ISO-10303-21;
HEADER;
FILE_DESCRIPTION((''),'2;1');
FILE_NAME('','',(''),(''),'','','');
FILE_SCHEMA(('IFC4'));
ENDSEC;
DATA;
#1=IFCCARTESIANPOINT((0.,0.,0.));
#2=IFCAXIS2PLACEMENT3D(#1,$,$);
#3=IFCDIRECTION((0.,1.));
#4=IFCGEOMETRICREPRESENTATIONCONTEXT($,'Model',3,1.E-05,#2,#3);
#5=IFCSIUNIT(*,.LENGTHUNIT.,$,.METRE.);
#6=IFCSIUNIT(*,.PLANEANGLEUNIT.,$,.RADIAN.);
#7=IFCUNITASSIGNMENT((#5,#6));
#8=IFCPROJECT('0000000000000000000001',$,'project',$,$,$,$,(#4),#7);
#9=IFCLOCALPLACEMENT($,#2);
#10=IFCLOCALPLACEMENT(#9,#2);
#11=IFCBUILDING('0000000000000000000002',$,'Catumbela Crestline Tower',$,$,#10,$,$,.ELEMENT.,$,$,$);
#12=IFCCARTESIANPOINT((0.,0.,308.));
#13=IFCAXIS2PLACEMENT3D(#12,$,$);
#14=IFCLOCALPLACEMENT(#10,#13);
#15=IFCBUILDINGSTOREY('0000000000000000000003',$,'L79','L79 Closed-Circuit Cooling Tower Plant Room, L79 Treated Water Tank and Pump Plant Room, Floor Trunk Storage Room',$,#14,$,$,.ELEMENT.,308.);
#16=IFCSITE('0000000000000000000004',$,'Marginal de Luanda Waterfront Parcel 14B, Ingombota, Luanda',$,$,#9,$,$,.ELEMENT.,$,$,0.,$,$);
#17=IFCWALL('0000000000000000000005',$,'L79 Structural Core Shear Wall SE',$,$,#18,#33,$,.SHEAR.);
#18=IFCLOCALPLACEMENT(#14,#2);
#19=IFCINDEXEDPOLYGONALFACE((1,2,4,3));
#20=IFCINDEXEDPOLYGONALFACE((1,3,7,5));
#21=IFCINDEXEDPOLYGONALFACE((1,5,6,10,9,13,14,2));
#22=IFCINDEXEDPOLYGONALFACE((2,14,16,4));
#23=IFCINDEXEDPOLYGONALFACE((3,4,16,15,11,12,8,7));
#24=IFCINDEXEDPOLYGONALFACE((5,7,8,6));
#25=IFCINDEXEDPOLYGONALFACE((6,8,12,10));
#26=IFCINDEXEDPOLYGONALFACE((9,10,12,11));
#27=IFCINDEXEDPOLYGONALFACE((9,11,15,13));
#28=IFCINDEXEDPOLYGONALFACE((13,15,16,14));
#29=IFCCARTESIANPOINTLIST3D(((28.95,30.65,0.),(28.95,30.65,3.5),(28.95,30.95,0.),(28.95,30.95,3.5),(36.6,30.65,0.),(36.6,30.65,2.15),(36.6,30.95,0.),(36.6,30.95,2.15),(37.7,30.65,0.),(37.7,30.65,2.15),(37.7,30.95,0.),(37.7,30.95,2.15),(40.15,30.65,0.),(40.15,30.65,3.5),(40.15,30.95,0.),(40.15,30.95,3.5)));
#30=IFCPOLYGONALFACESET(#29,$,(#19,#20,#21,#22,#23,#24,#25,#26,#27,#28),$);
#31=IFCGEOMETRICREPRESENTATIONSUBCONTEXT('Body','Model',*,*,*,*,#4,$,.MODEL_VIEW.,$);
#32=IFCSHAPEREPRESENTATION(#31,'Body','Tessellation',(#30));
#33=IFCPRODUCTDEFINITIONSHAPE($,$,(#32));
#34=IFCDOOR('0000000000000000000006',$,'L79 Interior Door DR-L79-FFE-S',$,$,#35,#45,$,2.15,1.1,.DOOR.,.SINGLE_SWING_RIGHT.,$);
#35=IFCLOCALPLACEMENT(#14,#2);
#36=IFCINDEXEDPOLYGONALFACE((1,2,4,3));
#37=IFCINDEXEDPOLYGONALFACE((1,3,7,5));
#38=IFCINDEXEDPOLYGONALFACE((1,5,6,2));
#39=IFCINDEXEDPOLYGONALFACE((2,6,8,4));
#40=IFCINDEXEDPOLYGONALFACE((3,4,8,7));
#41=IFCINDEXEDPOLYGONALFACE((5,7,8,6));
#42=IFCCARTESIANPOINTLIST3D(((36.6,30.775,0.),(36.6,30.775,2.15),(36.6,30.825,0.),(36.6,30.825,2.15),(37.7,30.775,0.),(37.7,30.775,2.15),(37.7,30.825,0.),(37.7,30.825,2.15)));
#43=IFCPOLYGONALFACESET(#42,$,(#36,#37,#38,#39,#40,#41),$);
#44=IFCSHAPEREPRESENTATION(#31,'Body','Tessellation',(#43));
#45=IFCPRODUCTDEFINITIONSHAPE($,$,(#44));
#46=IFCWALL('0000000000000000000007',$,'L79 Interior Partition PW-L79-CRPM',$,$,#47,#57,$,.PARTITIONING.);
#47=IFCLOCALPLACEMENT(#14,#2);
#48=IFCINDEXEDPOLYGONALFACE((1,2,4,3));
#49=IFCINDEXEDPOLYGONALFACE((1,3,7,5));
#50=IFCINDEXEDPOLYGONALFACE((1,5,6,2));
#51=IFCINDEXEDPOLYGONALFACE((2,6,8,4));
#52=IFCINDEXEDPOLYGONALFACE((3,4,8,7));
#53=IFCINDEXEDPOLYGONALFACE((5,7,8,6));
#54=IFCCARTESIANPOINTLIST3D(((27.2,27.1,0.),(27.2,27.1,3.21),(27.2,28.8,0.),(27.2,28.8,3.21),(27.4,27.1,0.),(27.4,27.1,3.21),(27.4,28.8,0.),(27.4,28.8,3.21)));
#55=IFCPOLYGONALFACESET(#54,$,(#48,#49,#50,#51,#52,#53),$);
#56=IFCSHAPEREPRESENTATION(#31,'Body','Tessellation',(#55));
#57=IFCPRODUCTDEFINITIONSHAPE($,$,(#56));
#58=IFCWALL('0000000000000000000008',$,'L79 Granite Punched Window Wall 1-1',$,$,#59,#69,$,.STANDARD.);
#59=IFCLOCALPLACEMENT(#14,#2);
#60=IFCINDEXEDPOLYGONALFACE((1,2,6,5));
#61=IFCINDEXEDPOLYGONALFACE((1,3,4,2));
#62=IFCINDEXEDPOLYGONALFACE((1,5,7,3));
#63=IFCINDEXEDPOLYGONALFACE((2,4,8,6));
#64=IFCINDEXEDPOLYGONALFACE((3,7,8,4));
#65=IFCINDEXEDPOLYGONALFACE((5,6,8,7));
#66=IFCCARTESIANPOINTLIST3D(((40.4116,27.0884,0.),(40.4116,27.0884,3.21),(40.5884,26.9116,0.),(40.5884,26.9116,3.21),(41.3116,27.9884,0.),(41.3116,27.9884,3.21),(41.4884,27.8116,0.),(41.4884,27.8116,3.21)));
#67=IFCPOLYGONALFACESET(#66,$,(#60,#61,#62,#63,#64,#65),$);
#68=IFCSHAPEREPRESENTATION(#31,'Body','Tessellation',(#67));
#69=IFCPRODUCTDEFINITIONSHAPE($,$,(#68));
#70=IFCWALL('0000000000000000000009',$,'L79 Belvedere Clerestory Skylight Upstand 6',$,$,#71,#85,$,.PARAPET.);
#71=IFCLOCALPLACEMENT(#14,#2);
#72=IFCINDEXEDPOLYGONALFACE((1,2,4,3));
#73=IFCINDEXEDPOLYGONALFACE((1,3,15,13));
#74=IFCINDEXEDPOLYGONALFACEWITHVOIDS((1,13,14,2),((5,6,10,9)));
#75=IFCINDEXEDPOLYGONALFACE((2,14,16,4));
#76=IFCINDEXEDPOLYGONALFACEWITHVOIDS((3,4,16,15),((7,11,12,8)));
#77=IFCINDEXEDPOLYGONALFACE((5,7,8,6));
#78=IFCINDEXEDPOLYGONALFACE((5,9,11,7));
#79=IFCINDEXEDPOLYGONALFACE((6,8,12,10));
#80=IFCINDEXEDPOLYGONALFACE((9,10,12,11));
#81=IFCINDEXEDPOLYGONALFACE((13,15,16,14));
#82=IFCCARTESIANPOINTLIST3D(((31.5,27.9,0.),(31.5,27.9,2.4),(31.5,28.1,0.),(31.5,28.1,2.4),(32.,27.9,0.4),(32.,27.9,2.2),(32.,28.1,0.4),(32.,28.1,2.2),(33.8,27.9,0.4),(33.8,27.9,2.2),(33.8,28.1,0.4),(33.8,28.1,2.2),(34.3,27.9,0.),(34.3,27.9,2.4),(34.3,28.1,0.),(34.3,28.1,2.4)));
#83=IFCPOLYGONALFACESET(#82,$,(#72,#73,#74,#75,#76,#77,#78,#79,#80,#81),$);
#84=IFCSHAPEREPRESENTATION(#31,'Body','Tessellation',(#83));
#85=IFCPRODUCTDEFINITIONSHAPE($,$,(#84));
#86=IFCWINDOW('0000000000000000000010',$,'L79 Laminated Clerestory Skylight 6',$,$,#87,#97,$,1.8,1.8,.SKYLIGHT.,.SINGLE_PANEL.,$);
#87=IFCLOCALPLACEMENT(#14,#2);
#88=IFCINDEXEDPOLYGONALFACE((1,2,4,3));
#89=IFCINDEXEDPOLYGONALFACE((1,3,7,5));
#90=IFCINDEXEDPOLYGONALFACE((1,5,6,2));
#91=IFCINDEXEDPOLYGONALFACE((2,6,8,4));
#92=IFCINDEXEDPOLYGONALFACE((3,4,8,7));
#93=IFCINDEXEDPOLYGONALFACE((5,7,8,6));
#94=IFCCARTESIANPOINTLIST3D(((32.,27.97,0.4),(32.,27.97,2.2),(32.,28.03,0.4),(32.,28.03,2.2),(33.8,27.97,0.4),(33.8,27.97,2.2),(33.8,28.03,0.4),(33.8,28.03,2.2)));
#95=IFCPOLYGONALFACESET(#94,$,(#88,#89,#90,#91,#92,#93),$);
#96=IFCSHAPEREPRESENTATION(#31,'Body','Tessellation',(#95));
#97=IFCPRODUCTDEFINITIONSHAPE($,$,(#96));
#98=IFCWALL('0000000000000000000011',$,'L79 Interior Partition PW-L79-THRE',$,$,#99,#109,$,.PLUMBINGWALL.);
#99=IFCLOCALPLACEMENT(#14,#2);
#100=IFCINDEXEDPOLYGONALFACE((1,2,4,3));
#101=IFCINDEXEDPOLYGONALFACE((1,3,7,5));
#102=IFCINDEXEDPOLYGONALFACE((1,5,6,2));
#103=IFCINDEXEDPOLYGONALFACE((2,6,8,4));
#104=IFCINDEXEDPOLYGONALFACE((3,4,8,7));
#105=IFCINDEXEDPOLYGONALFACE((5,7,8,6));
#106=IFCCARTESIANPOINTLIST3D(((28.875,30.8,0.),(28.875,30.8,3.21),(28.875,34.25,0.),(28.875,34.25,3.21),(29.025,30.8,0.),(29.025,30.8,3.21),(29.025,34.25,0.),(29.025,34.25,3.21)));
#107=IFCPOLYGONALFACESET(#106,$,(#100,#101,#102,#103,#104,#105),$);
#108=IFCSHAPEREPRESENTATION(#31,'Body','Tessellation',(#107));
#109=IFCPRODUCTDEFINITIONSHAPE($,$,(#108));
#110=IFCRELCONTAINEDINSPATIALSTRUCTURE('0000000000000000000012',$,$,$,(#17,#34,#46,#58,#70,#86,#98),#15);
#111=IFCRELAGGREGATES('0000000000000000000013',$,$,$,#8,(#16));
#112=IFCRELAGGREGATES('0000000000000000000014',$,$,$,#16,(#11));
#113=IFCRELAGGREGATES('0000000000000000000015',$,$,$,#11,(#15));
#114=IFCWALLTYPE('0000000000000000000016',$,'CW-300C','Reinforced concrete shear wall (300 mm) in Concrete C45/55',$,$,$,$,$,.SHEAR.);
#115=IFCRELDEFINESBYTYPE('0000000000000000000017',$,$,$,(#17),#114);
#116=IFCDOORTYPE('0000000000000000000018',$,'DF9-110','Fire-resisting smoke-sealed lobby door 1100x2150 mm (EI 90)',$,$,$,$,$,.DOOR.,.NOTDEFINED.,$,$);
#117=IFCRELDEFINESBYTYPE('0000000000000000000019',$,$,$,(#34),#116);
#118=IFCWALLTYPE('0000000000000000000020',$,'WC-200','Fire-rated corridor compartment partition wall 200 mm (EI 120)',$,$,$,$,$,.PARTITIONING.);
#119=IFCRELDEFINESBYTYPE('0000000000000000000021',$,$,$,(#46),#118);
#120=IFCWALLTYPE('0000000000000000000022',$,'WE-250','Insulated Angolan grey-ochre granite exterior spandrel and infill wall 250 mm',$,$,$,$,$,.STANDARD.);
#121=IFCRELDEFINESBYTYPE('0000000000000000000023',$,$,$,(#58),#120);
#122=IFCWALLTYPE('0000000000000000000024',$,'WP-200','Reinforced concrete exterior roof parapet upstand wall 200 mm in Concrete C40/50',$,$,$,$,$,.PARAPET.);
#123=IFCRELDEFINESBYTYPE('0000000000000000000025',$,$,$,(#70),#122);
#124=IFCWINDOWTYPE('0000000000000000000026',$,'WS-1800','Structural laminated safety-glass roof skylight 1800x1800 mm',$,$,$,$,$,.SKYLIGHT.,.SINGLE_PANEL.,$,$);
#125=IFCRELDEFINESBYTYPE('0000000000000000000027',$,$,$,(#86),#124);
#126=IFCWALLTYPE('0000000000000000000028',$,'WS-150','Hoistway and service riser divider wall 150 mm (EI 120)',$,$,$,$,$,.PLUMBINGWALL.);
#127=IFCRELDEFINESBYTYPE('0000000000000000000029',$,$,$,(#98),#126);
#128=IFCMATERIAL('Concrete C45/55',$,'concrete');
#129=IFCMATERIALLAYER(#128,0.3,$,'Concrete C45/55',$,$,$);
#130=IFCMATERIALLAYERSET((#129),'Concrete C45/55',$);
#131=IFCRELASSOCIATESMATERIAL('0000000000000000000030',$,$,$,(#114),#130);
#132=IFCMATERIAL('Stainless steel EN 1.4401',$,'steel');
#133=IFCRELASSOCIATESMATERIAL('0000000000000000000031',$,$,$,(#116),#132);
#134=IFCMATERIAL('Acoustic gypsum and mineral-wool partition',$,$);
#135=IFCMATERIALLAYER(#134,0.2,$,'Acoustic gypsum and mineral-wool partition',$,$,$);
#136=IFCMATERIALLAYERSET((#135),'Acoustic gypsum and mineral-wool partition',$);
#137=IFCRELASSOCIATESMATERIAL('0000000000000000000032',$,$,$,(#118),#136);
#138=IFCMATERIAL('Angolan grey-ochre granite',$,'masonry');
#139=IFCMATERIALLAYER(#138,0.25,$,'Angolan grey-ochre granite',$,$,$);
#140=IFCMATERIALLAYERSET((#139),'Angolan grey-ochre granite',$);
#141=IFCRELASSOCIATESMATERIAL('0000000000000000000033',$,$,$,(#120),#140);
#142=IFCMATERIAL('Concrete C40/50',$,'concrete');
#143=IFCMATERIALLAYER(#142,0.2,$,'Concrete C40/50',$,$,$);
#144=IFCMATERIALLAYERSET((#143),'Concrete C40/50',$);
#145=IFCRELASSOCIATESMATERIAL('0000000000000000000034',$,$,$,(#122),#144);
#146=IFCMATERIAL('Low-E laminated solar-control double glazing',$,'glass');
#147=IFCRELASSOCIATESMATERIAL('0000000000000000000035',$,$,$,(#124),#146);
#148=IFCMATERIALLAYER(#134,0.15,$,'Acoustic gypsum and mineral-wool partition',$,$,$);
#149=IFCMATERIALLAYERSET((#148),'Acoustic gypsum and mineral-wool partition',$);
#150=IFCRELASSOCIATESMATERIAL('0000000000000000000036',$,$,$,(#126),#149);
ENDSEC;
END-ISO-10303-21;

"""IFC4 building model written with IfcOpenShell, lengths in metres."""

from ifc_helpers import new_model, si_unit, direction, frame, frame_2d, origin, place, context, subcontext, project, spatial, rectangle, extrude, material, layer, layer_set, type_object, element, fill, save


model = new_model("IFC4")

# Units and contexts
model_context = context("Model", 3, precision=1e-05, world=origin(), true_north=direction((0.0, 1.0)))
body_context = subcontext(model_context, "Body", "Model", "MODEL_VIEW")
ifc_project = project(units=[si_unit("LENGTHUNIT", "METRE"), si_unit("PLANEANGLEUNIT", "RADIAN")], contexts=[model_context])

# Site, building, storey
site_placement = place(None, origin())
site = spatial("IfcSite", under=ifc_project, at=site_placement, Name="Marginal de Luanda Waterfront Parcel 14B, Ingombota, Luanda", CompositionType="ELEMENT", RefElevation=0.0)
building_placement = place(site_placement, origin())
building = spatial("IfcBuilding", under=site, at=building_placement, Name="Catumbela Crestline Tower", CompositionType="ELEMENT")
storey_placement = place(building_placement, frame((0.0, 0.0, 308.0)))
storey = spatial("IfcBuildingStorey", under=building, at=storey_placement, Name="L79", Description="L79 Closed-Circuit Cooling Tower Plant Room, L79 Treated Water Tank and Pump Plant Room, Floor Trunk Storage Room", CompositionType="ELEMENT", Elevation=308.0)

# Shared definitions
ifc_material_1 = material(Name="Low-E laminated solar-control double glazing", Category="glass")

# Shared definitions
ifc_material_2 = material(Name="Concrete C45/55", Category="concrete")
ifc_layer_1 = layer(ifc_material_2, 0.3, Name="Concrete C45/55")
ifc_layer_set_1 = layer_set([ifc_layer_1], Name="Concrete C45/55")
wall_type_1 = type_object("IfcWallType", Name="CW-300C", Description="Reinforced concrete shear wall (300 mm) in Concrete C45/55", PredefinedType="SHEAR", material=ifc_layer_set_1)

# Wall, opening, door
wall_1_placement = place(storey_placement, frame((28.95, 30.8, 0.0), z_axis=(0.0, 0.0, 1.0), x_axis=(1.0, 0.0, 0.0)))
wall_1 = element("IfcWall", 1, at=wall_1_placement, inside=storey, type_object=wall_type_1, Name="L79 Structural Core Shear Wall SE", PredefinedType="SHEAR", context=body_context, shape_type="SweptSolid", body=[
    extrude(rectangle(XDim=11.2, YDim=0.3, at=frame_2d((5.6, 0.0))), origin(), (0.0, 0.0, 1.0), 3.5),
])
opening_1_placement = place(wall_1_placement, frame((7.65, 0.0, 0.0)))
opening_1 = element("IfcOpeningElement", 2, at=opening_1_placement, cuts=wall_1, PredefinedType="OPENING", context=body_context, shape_type="SweptSolid", body=[
    extrude(rectangle(XDim=1.1, YDim=2.15, at=frame_2d((0.55, 1.075))), frame((0.0, 0.16, 0.0), z_axis=(0.0, -1.0, 0.0), x_axis=(1.0, 0.0, 0.0)), (0.0, 0.0, 1.0), 0.32),
])
ifc_material_3 = material(Name="Stainless steel EN 1.4401", Category="steel")
door_type = type_object("IfcDoorType", Name="DF9-110", Description="Fire-resisting smoke-sealed lobby door 1100x2150 mm (EI 90)", OperationType="NOTDEFINED", PredefinedType="DOOR", material=ifc_material_3)
door_placement = place(opening_1_placement, origin())
door = element("IfcDoor", 3, at=door_placement, inside=storey, type_object=door_type, Name="L79 Interior Door DR-L79-FFE-S", OperationType="SINGLE_SWING_RIGHT", OverallHeight=2.15, OverallWidth=1.1, PredefinedType="DOOR", context=body_context, shape_type="SweptSolid", body=[
    extrude(rectangle(XDim=1.1, YDim=2.15, at=frame_2d((0.55, 1.075))), frame((0.0, 0.025, 0.0), z_axis=(0.0, -1.0, 0.0), x_axis=(1.0, 0.0, 0.0)), (0.0, 0.0, 1.0), 0.05),
])
fill(opening_1, door)

# Walls
ifc_material_4 = material(Name="Acoustic gypsum and mineral-wool partition")
ifc_layer_2 = layer(ifc_material_4, 0.2, Name="Acoustic gypsum and mineral-wool partition")
ifc_layer_set_2 = layer_set([ifc_layer_2], Name="Acoustic gypsum and mineral-wool partition")
wall_type_2 = type_object("IfcWallType", Name="WC-200", Description="Fire-rated corridor compartment partition wall 200 mm (EI 120)", PredefinedType="PARTITIONING", material=ifc_layer_set_2)
wall_2_placement = place(storey_placement, frame((27.3, 27.1, 0.0), z_axis=(0.0, 0.0, 1.0), x_axis=(0.0, 1.0, 0.0)))
element("IfcWall", 4, at=wall_2_placement, inside=storey, type_object=wall_type_2, Name="L79 Interior Partition PW-L79-CRPM", PredefinedType="PARTITIONING", context=body_context, shape_type="SweptSolid", body=[
    extrude(rectangle(XDim=1.7, YDim=0.2, at=frame_2d((0.85, 0.0))), origin(), (0.0, 0.0, 1.0), 3.21),
])
ifc_material_5 = material(Name="Angolan grey-ochre granite", Category="masonry")
ifc_layer_3 = layer(ifc_material_5, 0.25, Name="Angolan grey-ochre granite")
ifc_layer_set_3 = layer_set([ifc_layer_3], Name="Angolan grey-ochre granite")
wall_type_3 = type_object("IfcWallType", Name="WE-250", Description="Insulated Angolan grey-ochre granite exterior spandrel and infill wall 250 mm", PredefinedType="STANDARD", material=ifc_layer_set_3)
wall_3_placement = place(storey_placement, frame((40.5, 27.0, 0.0), z_axis=(0.0, 0.0, 1.0), x_axis=(0.707107, 0.707107, 0.0)))
element("IfcWall", 5, at=wall_3_placement, inside=storey, type_object=wall_type_3, Name="L79 Granite Punched Window Wall 1-1", PredefinedType="STANDARD", context=body_context, shape_type="SweptSolid", body=[
    extrude(rectangle(XDim=1.2728, YDim=0.25, at=frame_2d((0.6364, 0.0))), origin(), (0.0, 0.0, 1.0), 3.21),
])

# Wall, opening, window
ifc_material_6 = material(Name="Concrete C40/50", Category="concrete")
ifc_layer_4 = layer(ifc_material_6, 0.2, Name="Concrete C40/50")
ifc_layer_set_4 = layer_set([ifc_layer_4], Name="Concrete C40/50")
wall_type_4 = type_object("IfcWallType", Name="WP-200", Description="Reinforced concrete exterior roof parapet upstand wall 200 mm in Concrete C40/50", PredefinedType="PARAPET", material=ifc_layer_set_4)
wall_4_placement = place(storey_placement, frame((31.5, 28.0, 0.0), z_axis=(0.0, 0.0, 1.0), x_axis=(1.0, 0.0, 0.0)))
wall_4 = element("IfcWall", 6, at=wall_4_placement, inside=storey, type_object=wall_type_4, Name="L79 Belvedere Clerestory Skylight Upstand 6", PredefinedType="PARAPET", context=body_context, shape_type="SweptSolid", body=[
    extrude(rectangle(XDim=2.8, YDim=0.2, at=frame_2d((1.4, 0.0))), origin(), (0.0, 0.0, 1.0), 2.4),
])
opening_2_placement = place(wall_4_placement, frame((0.5, 0.0, 0.4)))
opening_2 = element("IfcOpeningElement", 7, at=opening_2_placement, cuts=wall_4, PredefinedType="OPENING", context=body_context, shape_type="SweptSolid", body=[
    extrude(rectangle(XDim=1.8, YDim=1.8, at=frame_2d((0.9, 0.9))), frame((0.0, 0.11, 0.0), z_axis=(0.0, -1.0, 0.0), x_axis=(1.0, 0.0, 0.0)), (0.0, 0.0, 1.0), 0.22),
])
window_type = type_object("IfcWindowType", Name="WS-1800", Description="Structural laminated safety-glass roof skylight 1800x1800 mm", PartitioningType="SINGLE_PANEL", PredefinedType="SKYLIGHT", material=ifc_material_1)
window_placement = place(opening_2_placement, origin())
window = element("IfcWindow", 8, at=window_placement, inside=storey, type_object=window_type, Name="L79 Laminated Clerestory Skylight 6", OverallHeight=1.8, OverallWidth=1.8, PartitioningType="SINGLE_PANEL", PredefinedType="SKYLIGHT", context=body_context, shape_type="SweptSolid", body=[
    extrude(rectangle(XDim=1.8, YDim=1.8, at=frame_2d((0.9, 0.9))), frame((0.0, 0.03, 0.0), z_axis=(0.0, -1.0, 0.0), x_axis=(1.0, 0.0, 0.0)), (0.0, 0.0, 1.0), 0.06),
])
fill(opening_2, window)

# Wall
ifc_layer_5 = layer(ifc_material_4, 0.15, Name="Acoustic gypsum and mineral-wool partition")
ifc_layer_set_5 = layer_set([ifc_layer_5], Name="Acoustic gypsum and mineral-wool partition")
wall_type_5 = type_object("IfcWallType", Name="WS-150", Description="Hoistway and service riser divider wall 150 mm (EI 120)", PredefinedType="PLUMBINGWALL", material=ifc_layer_set_5)
wall_5_placement = place(storey_placement, frame((28.95, 30.8, 0.0), z_axis=(0.0, 0.0, 1.0), x_axis=(0.0, 1.0, 0.0)))
element("IfcWall", 9, at=wall_5_placement, inside=storey, type_object=wall_type_5, Name="L79 Interior Partition PW-L79-THRE", PredefinedType="PLUMBINGWALL", context=body_context, shape_type="SweptSolid", body=[
    extrude(rectangle(XDim=3.45, YDim=0.15, at=frame_2d((1.725, 0.0))), origin(), (0.0, 0.0, 1.0), 3.21),
])

save(model, "model.ifc")
